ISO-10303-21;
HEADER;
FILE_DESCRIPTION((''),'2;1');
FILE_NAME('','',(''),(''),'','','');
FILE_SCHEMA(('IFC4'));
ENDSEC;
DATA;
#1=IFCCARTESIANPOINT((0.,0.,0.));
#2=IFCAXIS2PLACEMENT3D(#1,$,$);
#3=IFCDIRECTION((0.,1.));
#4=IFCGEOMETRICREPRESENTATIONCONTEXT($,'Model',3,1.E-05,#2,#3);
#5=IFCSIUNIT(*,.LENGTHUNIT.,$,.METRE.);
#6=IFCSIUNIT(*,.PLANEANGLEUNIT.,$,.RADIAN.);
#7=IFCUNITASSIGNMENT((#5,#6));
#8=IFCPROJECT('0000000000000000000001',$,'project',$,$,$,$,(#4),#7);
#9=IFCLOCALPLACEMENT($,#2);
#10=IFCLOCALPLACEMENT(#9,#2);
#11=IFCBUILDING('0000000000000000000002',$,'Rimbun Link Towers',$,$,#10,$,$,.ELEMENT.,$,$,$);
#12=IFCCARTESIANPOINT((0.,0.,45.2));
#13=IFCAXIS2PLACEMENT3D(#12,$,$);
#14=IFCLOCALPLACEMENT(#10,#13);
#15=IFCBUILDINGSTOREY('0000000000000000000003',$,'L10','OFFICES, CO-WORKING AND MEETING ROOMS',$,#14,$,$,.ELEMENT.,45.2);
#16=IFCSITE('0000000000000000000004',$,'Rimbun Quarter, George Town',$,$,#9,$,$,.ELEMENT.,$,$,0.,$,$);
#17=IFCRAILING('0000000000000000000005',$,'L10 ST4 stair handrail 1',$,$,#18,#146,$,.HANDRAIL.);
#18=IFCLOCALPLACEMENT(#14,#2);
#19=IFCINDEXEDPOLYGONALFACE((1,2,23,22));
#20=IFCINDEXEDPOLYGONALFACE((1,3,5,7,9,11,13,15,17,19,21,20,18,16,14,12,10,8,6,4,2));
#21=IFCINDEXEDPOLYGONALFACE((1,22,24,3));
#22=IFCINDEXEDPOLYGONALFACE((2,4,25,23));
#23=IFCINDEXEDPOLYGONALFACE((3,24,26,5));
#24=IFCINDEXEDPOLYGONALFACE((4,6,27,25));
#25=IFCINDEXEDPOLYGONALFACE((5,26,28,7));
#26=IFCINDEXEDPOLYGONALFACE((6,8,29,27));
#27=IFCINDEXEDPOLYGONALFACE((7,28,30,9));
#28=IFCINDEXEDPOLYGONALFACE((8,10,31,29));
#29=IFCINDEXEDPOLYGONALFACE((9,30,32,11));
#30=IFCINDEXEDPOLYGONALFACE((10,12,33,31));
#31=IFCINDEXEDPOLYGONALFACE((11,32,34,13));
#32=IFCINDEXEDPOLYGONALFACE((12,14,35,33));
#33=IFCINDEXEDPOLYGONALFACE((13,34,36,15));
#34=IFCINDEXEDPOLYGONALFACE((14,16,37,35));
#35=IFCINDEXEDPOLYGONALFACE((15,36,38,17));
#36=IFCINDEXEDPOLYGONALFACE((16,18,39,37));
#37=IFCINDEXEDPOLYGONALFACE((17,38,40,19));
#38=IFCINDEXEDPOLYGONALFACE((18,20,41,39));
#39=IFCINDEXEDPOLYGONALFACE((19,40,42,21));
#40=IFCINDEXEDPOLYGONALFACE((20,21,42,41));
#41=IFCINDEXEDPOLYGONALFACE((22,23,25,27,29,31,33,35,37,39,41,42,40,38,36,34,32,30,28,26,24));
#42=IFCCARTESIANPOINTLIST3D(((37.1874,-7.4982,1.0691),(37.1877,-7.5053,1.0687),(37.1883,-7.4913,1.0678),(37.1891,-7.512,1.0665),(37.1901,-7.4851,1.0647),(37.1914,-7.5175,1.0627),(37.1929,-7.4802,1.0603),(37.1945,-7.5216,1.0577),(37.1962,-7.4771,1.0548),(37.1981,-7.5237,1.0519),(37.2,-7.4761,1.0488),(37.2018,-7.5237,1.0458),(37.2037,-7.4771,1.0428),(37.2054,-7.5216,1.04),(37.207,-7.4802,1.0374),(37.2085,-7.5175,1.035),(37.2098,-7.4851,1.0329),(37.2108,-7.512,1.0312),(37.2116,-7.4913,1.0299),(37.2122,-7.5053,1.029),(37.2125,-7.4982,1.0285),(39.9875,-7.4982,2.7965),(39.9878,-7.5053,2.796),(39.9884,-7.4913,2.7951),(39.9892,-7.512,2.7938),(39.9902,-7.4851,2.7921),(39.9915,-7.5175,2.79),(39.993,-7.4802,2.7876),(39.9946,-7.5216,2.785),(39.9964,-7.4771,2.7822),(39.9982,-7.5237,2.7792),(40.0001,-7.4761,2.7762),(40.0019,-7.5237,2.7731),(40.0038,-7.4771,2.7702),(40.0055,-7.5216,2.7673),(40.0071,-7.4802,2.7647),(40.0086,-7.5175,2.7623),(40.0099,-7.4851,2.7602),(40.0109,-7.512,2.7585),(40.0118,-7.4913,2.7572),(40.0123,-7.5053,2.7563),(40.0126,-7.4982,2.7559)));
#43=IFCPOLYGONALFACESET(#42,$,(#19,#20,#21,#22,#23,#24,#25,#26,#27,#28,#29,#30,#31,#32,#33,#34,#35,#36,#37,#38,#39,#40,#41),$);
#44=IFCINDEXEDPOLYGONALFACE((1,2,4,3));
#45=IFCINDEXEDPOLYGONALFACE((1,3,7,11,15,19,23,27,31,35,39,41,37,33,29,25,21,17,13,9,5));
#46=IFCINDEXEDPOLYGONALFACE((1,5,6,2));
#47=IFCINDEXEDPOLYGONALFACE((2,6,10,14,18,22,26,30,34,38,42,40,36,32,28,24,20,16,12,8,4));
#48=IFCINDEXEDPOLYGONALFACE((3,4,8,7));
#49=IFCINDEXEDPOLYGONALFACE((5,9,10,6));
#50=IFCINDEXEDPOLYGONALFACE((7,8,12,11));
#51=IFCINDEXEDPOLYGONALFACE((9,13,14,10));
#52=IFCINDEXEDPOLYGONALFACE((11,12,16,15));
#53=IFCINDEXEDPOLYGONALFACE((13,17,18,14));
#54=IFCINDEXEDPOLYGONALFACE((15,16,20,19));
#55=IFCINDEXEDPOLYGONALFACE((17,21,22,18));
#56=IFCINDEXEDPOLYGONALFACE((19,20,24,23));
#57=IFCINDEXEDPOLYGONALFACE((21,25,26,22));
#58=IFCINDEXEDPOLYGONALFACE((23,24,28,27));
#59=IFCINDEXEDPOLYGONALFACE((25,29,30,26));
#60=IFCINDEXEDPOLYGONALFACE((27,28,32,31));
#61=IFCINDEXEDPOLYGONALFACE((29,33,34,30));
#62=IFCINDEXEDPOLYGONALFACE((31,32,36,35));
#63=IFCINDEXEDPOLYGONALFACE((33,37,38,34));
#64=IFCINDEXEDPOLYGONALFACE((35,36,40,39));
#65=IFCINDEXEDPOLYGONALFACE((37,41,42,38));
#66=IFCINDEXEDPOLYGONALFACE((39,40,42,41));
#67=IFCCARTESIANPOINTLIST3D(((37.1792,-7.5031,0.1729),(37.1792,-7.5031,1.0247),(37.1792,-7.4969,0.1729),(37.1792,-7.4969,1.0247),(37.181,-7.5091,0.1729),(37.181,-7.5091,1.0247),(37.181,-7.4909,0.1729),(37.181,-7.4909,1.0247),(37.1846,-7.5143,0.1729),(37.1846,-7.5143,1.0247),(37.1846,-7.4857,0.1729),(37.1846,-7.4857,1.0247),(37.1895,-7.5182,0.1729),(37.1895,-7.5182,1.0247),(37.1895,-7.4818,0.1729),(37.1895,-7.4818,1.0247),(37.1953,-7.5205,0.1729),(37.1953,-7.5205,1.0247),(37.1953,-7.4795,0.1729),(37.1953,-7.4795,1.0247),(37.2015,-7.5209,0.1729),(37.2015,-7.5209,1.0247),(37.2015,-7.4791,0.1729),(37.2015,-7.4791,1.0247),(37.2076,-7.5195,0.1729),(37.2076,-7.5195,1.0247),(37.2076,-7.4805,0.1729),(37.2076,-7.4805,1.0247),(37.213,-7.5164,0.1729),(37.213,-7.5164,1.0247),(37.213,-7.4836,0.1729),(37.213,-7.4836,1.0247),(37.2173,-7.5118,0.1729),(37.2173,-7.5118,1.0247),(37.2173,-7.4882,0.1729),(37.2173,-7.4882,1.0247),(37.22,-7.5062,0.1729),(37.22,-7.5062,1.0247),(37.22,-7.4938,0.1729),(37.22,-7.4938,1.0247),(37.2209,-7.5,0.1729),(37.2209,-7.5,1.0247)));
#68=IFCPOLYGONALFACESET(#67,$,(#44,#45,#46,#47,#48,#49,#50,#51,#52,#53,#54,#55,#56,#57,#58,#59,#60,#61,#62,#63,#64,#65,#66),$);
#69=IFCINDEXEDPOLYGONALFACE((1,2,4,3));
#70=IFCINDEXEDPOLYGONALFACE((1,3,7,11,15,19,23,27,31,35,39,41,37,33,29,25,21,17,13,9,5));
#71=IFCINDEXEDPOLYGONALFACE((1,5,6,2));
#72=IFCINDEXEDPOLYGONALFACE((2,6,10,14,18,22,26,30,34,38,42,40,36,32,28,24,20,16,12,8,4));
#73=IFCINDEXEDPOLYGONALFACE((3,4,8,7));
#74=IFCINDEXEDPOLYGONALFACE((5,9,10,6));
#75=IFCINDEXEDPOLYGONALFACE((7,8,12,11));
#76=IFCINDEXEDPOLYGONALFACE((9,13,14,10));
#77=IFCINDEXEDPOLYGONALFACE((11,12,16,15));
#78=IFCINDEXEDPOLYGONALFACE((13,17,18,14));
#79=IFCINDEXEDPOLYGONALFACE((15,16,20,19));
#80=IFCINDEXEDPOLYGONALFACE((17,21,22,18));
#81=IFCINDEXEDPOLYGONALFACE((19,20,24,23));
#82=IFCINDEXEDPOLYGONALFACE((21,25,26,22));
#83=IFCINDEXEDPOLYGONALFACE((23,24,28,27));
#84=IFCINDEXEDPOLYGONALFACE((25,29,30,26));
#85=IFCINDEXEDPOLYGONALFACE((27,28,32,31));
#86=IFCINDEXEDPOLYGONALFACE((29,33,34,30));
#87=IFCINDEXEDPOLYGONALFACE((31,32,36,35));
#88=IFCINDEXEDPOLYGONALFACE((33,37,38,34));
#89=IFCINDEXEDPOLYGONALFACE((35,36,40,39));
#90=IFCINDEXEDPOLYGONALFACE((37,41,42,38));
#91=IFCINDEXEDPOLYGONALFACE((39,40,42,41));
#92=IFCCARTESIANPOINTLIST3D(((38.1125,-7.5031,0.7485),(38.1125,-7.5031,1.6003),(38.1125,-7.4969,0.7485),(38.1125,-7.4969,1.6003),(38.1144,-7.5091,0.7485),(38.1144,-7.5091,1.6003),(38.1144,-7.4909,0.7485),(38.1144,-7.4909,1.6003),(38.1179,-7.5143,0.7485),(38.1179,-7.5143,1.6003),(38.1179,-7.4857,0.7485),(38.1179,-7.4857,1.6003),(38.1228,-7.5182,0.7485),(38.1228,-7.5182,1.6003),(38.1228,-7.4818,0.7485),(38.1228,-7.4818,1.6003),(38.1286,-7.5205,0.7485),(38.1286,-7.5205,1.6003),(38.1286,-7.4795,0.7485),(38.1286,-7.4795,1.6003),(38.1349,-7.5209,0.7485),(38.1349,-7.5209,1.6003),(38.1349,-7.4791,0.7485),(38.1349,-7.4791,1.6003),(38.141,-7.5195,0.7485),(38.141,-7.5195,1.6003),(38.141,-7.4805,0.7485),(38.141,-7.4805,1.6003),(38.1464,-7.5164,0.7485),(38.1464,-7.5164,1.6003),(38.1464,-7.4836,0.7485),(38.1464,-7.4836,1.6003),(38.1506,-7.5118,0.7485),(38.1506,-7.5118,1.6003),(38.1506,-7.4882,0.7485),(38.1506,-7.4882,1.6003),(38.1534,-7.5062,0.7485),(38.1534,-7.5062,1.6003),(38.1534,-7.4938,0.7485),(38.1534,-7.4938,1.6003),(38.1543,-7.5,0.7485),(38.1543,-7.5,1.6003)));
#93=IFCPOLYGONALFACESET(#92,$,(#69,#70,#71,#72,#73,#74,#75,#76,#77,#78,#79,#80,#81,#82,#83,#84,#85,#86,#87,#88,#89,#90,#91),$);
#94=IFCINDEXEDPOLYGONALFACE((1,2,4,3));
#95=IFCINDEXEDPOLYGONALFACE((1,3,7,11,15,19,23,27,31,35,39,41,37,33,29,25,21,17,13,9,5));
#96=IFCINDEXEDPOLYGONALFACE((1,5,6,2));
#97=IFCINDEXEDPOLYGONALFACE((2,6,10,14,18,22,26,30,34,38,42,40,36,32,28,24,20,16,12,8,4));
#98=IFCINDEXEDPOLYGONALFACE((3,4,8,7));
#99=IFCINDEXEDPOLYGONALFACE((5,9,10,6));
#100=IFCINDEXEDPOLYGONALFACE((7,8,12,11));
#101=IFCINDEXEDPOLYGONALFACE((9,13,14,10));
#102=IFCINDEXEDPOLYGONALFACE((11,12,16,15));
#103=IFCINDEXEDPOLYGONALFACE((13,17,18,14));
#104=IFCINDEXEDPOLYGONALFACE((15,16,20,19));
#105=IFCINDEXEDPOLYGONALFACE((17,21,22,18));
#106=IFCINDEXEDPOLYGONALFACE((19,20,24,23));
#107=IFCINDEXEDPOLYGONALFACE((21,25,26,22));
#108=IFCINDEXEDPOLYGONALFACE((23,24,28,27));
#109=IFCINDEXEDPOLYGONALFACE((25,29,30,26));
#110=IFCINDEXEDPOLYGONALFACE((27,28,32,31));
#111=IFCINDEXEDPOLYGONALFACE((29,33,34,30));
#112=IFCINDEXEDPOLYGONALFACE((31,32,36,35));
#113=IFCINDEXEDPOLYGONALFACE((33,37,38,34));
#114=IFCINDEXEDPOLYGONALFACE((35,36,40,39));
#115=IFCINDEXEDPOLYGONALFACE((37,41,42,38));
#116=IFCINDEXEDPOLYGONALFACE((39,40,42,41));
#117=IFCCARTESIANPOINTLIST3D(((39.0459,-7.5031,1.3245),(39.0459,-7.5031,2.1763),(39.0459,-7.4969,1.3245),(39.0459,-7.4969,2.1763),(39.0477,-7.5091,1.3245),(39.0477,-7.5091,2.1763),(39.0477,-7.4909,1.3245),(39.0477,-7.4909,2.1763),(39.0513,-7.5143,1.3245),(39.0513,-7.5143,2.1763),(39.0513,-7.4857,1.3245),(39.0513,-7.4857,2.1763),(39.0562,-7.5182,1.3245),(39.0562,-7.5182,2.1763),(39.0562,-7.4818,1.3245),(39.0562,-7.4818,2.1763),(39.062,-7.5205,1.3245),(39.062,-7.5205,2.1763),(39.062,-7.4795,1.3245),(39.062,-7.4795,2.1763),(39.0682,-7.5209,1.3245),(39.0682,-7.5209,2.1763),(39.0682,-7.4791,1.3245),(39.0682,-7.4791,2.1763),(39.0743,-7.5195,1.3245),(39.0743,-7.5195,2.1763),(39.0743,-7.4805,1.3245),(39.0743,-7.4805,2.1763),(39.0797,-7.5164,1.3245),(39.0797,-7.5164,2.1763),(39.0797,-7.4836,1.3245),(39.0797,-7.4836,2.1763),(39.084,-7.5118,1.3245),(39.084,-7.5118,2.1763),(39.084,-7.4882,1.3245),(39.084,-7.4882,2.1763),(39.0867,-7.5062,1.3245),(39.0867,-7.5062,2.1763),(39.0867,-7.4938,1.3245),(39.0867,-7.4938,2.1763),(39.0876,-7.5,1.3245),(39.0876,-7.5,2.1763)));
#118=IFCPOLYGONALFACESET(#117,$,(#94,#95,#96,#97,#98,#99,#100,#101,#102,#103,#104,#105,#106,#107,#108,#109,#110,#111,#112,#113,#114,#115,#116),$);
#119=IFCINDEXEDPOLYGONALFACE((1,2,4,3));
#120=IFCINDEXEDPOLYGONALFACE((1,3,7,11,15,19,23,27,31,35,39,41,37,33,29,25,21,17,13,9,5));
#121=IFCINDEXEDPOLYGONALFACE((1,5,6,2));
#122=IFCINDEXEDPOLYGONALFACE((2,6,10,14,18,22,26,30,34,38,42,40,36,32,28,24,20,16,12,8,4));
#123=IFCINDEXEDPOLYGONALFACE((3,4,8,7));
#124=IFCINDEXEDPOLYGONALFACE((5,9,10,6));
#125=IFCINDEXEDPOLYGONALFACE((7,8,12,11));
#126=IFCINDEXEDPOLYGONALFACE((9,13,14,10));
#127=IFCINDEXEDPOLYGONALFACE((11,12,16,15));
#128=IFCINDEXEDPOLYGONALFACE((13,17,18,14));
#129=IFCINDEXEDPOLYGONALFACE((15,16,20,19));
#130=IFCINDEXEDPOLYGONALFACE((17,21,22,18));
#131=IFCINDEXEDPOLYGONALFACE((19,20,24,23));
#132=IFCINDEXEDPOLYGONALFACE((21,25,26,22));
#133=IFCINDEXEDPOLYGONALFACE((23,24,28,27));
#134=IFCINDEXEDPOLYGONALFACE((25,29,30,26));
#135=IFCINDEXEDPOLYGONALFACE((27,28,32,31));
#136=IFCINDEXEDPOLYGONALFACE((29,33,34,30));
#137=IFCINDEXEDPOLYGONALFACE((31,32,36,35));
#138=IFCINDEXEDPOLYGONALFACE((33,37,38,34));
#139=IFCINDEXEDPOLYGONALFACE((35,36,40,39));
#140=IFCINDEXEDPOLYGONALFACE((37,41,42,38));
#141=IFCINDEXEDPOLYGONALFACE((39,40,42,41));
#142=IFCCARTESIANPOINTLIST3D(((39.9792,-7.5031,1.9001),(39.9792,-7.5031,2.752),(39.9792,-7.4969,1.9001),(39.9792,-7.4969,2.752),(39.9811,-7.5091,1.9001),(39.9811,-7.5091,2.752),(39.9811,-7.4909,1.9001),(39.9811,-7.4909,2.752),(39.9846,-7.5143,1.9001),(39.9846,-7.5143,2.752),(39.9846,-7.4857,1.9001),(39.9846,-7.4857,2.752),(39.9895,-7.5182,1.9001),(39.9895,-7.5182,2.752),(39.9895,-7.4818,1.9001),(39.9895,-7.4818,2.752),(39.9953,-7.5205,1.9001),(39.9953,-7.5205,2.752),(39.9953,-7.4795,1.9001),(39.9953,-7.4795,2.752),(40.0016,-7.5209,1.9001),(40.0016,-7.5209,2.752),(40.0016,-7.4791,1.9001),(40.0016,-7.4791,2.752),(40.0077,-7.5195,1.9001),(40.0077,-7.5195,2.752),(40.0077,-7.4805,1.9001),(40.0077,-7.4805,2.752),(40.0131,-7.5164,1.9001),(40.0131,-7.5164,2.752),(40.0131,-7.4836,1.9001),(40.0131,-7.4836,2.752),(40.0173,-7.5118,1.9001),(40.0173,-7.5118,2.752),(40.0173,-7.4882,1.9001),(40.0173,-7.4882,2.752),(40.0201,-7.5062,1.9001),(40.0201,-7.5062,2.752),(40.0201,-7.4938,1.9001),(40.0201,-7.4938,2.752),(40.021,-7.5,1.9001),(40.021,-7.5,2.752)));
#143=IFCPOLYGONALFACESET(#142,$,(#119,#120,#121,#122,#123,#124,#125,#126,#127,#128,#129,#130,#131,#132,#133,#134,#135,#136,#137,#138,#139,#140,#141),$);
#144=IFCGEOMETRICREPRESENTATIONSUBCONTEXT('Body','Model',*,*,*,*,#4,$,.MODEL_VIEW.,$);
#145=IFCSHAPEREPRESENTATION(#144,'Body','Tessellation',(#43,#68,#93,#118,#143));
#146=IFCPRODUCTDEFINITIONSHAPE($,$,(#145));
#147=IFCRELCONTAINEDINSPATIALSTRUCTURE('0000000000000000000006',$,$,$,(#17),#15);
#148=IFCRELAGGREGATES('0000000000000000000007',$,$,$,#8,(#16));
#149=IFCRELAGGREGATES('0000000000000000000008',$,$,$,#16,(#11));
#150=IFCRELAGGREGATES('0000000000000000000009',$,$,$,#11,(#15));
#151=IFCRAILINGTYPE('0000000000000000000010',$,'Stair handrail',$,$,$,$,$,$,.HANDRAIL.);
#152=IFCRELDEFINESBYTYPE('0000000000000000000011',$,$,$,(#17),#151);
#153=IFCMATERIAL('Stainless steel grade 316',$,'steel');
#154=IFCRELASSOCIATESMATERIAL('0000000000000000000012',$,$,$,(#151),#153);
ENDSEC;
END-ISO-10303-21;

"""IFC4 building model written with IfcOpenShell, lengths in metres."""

from ifc_helpers import new_model, si_unit, direction, frame, origin, origin_2d, place, context, subcontext, project, spatial, circle, extrude, material, type_object, element, save


model = new_model("IFC4")

# Units and contexts
model_context = context("Model", 3, precision=1e-05, world=origin(), true_north=direction((0.0, 1.0)))
body_context = subcontext(model_context, "Body", "Model", "MODEL_VIEW")
ifc_project = project(units=[si_unit("LENGTHUNIT", "METRE"), si_unit("PLANEANGLEUNIT", "RADIAN")], contexts=[model_context])

# Site, building, storey
site_placement = place(None, origin())
site = spatial("IfcSite", under=ifc_project, at=site_placement, Name="Rimbun Quarter, George Town", CompositionType="ELEMENT", RefElevation=0.0)
building_placement = place(site_placement, origin())
building = spatial("IfcBuilding", under=site, at=building_placement, Name="Rimbun Link Towers", CompositionType="ELEMENT")
storey_placement = place(building_placement, frame((0.0, 0.0, 45.2)))
storey = spatial("IfcBuildingStorey", under=building, at=storey_placement, Name="L10", Description="OFFICES, CO-WORKING AND MEETING ROOMS", CompositionType="ELEMENT", Elevation=45.2)

# Railing
ifc_material_1 = material(Name="Stainless steel grade 316", Category="steel")
railing_type_1 = type_object("IfcRailingType", Name="Stair handrail", PredefinedType="HANDRAIL", material=ifc_material_1)
railing_1_placement = place(storey_placement, frame((37.2, -7.5, 0.1729)))
element("IfcRailing", 1, at=railing_1_placement, inside=storey, type_object=railing_type_1, Name="L10 ST4 stair handrail 1", PredefinedType="HANDRAIL", context=body_context, shape_type="SweptSolid", body=[
    extrude(circle(Radius=0.0239, at=origin_2d()), frame((0.0, 0.0, 0.876), z_axis=(0.85109, 0.0, 0.52502), x_axis=(0.0, 1.0, 0.0)), (0.0, 0.0, 1.0), 3.29),
    extrude(circle(Radius=0.021, at=origin_2d()), origin(), (0.0, 0.0, 1.0), 0.8518),
    extrude(circle(Radius=0.021, at=origin_2d()), frame((0.9333, 0.0, 0.5757)), (0.0, 0.0, 1.0), 0.8518),
    extrude(circle(Radius=0.021, at=origin_2d()), frame((1.8667, 0.0, 1.1516)), (0.0, 0.0, 1.0), 0.8518),
    extrude(circle(Radius=0.021, at=origin_2d()), frame((2.8, 0.0, 1.7273)), (0.0, 0.0, 1.0), 0.8518),
])

save(model, "model.ifc")
